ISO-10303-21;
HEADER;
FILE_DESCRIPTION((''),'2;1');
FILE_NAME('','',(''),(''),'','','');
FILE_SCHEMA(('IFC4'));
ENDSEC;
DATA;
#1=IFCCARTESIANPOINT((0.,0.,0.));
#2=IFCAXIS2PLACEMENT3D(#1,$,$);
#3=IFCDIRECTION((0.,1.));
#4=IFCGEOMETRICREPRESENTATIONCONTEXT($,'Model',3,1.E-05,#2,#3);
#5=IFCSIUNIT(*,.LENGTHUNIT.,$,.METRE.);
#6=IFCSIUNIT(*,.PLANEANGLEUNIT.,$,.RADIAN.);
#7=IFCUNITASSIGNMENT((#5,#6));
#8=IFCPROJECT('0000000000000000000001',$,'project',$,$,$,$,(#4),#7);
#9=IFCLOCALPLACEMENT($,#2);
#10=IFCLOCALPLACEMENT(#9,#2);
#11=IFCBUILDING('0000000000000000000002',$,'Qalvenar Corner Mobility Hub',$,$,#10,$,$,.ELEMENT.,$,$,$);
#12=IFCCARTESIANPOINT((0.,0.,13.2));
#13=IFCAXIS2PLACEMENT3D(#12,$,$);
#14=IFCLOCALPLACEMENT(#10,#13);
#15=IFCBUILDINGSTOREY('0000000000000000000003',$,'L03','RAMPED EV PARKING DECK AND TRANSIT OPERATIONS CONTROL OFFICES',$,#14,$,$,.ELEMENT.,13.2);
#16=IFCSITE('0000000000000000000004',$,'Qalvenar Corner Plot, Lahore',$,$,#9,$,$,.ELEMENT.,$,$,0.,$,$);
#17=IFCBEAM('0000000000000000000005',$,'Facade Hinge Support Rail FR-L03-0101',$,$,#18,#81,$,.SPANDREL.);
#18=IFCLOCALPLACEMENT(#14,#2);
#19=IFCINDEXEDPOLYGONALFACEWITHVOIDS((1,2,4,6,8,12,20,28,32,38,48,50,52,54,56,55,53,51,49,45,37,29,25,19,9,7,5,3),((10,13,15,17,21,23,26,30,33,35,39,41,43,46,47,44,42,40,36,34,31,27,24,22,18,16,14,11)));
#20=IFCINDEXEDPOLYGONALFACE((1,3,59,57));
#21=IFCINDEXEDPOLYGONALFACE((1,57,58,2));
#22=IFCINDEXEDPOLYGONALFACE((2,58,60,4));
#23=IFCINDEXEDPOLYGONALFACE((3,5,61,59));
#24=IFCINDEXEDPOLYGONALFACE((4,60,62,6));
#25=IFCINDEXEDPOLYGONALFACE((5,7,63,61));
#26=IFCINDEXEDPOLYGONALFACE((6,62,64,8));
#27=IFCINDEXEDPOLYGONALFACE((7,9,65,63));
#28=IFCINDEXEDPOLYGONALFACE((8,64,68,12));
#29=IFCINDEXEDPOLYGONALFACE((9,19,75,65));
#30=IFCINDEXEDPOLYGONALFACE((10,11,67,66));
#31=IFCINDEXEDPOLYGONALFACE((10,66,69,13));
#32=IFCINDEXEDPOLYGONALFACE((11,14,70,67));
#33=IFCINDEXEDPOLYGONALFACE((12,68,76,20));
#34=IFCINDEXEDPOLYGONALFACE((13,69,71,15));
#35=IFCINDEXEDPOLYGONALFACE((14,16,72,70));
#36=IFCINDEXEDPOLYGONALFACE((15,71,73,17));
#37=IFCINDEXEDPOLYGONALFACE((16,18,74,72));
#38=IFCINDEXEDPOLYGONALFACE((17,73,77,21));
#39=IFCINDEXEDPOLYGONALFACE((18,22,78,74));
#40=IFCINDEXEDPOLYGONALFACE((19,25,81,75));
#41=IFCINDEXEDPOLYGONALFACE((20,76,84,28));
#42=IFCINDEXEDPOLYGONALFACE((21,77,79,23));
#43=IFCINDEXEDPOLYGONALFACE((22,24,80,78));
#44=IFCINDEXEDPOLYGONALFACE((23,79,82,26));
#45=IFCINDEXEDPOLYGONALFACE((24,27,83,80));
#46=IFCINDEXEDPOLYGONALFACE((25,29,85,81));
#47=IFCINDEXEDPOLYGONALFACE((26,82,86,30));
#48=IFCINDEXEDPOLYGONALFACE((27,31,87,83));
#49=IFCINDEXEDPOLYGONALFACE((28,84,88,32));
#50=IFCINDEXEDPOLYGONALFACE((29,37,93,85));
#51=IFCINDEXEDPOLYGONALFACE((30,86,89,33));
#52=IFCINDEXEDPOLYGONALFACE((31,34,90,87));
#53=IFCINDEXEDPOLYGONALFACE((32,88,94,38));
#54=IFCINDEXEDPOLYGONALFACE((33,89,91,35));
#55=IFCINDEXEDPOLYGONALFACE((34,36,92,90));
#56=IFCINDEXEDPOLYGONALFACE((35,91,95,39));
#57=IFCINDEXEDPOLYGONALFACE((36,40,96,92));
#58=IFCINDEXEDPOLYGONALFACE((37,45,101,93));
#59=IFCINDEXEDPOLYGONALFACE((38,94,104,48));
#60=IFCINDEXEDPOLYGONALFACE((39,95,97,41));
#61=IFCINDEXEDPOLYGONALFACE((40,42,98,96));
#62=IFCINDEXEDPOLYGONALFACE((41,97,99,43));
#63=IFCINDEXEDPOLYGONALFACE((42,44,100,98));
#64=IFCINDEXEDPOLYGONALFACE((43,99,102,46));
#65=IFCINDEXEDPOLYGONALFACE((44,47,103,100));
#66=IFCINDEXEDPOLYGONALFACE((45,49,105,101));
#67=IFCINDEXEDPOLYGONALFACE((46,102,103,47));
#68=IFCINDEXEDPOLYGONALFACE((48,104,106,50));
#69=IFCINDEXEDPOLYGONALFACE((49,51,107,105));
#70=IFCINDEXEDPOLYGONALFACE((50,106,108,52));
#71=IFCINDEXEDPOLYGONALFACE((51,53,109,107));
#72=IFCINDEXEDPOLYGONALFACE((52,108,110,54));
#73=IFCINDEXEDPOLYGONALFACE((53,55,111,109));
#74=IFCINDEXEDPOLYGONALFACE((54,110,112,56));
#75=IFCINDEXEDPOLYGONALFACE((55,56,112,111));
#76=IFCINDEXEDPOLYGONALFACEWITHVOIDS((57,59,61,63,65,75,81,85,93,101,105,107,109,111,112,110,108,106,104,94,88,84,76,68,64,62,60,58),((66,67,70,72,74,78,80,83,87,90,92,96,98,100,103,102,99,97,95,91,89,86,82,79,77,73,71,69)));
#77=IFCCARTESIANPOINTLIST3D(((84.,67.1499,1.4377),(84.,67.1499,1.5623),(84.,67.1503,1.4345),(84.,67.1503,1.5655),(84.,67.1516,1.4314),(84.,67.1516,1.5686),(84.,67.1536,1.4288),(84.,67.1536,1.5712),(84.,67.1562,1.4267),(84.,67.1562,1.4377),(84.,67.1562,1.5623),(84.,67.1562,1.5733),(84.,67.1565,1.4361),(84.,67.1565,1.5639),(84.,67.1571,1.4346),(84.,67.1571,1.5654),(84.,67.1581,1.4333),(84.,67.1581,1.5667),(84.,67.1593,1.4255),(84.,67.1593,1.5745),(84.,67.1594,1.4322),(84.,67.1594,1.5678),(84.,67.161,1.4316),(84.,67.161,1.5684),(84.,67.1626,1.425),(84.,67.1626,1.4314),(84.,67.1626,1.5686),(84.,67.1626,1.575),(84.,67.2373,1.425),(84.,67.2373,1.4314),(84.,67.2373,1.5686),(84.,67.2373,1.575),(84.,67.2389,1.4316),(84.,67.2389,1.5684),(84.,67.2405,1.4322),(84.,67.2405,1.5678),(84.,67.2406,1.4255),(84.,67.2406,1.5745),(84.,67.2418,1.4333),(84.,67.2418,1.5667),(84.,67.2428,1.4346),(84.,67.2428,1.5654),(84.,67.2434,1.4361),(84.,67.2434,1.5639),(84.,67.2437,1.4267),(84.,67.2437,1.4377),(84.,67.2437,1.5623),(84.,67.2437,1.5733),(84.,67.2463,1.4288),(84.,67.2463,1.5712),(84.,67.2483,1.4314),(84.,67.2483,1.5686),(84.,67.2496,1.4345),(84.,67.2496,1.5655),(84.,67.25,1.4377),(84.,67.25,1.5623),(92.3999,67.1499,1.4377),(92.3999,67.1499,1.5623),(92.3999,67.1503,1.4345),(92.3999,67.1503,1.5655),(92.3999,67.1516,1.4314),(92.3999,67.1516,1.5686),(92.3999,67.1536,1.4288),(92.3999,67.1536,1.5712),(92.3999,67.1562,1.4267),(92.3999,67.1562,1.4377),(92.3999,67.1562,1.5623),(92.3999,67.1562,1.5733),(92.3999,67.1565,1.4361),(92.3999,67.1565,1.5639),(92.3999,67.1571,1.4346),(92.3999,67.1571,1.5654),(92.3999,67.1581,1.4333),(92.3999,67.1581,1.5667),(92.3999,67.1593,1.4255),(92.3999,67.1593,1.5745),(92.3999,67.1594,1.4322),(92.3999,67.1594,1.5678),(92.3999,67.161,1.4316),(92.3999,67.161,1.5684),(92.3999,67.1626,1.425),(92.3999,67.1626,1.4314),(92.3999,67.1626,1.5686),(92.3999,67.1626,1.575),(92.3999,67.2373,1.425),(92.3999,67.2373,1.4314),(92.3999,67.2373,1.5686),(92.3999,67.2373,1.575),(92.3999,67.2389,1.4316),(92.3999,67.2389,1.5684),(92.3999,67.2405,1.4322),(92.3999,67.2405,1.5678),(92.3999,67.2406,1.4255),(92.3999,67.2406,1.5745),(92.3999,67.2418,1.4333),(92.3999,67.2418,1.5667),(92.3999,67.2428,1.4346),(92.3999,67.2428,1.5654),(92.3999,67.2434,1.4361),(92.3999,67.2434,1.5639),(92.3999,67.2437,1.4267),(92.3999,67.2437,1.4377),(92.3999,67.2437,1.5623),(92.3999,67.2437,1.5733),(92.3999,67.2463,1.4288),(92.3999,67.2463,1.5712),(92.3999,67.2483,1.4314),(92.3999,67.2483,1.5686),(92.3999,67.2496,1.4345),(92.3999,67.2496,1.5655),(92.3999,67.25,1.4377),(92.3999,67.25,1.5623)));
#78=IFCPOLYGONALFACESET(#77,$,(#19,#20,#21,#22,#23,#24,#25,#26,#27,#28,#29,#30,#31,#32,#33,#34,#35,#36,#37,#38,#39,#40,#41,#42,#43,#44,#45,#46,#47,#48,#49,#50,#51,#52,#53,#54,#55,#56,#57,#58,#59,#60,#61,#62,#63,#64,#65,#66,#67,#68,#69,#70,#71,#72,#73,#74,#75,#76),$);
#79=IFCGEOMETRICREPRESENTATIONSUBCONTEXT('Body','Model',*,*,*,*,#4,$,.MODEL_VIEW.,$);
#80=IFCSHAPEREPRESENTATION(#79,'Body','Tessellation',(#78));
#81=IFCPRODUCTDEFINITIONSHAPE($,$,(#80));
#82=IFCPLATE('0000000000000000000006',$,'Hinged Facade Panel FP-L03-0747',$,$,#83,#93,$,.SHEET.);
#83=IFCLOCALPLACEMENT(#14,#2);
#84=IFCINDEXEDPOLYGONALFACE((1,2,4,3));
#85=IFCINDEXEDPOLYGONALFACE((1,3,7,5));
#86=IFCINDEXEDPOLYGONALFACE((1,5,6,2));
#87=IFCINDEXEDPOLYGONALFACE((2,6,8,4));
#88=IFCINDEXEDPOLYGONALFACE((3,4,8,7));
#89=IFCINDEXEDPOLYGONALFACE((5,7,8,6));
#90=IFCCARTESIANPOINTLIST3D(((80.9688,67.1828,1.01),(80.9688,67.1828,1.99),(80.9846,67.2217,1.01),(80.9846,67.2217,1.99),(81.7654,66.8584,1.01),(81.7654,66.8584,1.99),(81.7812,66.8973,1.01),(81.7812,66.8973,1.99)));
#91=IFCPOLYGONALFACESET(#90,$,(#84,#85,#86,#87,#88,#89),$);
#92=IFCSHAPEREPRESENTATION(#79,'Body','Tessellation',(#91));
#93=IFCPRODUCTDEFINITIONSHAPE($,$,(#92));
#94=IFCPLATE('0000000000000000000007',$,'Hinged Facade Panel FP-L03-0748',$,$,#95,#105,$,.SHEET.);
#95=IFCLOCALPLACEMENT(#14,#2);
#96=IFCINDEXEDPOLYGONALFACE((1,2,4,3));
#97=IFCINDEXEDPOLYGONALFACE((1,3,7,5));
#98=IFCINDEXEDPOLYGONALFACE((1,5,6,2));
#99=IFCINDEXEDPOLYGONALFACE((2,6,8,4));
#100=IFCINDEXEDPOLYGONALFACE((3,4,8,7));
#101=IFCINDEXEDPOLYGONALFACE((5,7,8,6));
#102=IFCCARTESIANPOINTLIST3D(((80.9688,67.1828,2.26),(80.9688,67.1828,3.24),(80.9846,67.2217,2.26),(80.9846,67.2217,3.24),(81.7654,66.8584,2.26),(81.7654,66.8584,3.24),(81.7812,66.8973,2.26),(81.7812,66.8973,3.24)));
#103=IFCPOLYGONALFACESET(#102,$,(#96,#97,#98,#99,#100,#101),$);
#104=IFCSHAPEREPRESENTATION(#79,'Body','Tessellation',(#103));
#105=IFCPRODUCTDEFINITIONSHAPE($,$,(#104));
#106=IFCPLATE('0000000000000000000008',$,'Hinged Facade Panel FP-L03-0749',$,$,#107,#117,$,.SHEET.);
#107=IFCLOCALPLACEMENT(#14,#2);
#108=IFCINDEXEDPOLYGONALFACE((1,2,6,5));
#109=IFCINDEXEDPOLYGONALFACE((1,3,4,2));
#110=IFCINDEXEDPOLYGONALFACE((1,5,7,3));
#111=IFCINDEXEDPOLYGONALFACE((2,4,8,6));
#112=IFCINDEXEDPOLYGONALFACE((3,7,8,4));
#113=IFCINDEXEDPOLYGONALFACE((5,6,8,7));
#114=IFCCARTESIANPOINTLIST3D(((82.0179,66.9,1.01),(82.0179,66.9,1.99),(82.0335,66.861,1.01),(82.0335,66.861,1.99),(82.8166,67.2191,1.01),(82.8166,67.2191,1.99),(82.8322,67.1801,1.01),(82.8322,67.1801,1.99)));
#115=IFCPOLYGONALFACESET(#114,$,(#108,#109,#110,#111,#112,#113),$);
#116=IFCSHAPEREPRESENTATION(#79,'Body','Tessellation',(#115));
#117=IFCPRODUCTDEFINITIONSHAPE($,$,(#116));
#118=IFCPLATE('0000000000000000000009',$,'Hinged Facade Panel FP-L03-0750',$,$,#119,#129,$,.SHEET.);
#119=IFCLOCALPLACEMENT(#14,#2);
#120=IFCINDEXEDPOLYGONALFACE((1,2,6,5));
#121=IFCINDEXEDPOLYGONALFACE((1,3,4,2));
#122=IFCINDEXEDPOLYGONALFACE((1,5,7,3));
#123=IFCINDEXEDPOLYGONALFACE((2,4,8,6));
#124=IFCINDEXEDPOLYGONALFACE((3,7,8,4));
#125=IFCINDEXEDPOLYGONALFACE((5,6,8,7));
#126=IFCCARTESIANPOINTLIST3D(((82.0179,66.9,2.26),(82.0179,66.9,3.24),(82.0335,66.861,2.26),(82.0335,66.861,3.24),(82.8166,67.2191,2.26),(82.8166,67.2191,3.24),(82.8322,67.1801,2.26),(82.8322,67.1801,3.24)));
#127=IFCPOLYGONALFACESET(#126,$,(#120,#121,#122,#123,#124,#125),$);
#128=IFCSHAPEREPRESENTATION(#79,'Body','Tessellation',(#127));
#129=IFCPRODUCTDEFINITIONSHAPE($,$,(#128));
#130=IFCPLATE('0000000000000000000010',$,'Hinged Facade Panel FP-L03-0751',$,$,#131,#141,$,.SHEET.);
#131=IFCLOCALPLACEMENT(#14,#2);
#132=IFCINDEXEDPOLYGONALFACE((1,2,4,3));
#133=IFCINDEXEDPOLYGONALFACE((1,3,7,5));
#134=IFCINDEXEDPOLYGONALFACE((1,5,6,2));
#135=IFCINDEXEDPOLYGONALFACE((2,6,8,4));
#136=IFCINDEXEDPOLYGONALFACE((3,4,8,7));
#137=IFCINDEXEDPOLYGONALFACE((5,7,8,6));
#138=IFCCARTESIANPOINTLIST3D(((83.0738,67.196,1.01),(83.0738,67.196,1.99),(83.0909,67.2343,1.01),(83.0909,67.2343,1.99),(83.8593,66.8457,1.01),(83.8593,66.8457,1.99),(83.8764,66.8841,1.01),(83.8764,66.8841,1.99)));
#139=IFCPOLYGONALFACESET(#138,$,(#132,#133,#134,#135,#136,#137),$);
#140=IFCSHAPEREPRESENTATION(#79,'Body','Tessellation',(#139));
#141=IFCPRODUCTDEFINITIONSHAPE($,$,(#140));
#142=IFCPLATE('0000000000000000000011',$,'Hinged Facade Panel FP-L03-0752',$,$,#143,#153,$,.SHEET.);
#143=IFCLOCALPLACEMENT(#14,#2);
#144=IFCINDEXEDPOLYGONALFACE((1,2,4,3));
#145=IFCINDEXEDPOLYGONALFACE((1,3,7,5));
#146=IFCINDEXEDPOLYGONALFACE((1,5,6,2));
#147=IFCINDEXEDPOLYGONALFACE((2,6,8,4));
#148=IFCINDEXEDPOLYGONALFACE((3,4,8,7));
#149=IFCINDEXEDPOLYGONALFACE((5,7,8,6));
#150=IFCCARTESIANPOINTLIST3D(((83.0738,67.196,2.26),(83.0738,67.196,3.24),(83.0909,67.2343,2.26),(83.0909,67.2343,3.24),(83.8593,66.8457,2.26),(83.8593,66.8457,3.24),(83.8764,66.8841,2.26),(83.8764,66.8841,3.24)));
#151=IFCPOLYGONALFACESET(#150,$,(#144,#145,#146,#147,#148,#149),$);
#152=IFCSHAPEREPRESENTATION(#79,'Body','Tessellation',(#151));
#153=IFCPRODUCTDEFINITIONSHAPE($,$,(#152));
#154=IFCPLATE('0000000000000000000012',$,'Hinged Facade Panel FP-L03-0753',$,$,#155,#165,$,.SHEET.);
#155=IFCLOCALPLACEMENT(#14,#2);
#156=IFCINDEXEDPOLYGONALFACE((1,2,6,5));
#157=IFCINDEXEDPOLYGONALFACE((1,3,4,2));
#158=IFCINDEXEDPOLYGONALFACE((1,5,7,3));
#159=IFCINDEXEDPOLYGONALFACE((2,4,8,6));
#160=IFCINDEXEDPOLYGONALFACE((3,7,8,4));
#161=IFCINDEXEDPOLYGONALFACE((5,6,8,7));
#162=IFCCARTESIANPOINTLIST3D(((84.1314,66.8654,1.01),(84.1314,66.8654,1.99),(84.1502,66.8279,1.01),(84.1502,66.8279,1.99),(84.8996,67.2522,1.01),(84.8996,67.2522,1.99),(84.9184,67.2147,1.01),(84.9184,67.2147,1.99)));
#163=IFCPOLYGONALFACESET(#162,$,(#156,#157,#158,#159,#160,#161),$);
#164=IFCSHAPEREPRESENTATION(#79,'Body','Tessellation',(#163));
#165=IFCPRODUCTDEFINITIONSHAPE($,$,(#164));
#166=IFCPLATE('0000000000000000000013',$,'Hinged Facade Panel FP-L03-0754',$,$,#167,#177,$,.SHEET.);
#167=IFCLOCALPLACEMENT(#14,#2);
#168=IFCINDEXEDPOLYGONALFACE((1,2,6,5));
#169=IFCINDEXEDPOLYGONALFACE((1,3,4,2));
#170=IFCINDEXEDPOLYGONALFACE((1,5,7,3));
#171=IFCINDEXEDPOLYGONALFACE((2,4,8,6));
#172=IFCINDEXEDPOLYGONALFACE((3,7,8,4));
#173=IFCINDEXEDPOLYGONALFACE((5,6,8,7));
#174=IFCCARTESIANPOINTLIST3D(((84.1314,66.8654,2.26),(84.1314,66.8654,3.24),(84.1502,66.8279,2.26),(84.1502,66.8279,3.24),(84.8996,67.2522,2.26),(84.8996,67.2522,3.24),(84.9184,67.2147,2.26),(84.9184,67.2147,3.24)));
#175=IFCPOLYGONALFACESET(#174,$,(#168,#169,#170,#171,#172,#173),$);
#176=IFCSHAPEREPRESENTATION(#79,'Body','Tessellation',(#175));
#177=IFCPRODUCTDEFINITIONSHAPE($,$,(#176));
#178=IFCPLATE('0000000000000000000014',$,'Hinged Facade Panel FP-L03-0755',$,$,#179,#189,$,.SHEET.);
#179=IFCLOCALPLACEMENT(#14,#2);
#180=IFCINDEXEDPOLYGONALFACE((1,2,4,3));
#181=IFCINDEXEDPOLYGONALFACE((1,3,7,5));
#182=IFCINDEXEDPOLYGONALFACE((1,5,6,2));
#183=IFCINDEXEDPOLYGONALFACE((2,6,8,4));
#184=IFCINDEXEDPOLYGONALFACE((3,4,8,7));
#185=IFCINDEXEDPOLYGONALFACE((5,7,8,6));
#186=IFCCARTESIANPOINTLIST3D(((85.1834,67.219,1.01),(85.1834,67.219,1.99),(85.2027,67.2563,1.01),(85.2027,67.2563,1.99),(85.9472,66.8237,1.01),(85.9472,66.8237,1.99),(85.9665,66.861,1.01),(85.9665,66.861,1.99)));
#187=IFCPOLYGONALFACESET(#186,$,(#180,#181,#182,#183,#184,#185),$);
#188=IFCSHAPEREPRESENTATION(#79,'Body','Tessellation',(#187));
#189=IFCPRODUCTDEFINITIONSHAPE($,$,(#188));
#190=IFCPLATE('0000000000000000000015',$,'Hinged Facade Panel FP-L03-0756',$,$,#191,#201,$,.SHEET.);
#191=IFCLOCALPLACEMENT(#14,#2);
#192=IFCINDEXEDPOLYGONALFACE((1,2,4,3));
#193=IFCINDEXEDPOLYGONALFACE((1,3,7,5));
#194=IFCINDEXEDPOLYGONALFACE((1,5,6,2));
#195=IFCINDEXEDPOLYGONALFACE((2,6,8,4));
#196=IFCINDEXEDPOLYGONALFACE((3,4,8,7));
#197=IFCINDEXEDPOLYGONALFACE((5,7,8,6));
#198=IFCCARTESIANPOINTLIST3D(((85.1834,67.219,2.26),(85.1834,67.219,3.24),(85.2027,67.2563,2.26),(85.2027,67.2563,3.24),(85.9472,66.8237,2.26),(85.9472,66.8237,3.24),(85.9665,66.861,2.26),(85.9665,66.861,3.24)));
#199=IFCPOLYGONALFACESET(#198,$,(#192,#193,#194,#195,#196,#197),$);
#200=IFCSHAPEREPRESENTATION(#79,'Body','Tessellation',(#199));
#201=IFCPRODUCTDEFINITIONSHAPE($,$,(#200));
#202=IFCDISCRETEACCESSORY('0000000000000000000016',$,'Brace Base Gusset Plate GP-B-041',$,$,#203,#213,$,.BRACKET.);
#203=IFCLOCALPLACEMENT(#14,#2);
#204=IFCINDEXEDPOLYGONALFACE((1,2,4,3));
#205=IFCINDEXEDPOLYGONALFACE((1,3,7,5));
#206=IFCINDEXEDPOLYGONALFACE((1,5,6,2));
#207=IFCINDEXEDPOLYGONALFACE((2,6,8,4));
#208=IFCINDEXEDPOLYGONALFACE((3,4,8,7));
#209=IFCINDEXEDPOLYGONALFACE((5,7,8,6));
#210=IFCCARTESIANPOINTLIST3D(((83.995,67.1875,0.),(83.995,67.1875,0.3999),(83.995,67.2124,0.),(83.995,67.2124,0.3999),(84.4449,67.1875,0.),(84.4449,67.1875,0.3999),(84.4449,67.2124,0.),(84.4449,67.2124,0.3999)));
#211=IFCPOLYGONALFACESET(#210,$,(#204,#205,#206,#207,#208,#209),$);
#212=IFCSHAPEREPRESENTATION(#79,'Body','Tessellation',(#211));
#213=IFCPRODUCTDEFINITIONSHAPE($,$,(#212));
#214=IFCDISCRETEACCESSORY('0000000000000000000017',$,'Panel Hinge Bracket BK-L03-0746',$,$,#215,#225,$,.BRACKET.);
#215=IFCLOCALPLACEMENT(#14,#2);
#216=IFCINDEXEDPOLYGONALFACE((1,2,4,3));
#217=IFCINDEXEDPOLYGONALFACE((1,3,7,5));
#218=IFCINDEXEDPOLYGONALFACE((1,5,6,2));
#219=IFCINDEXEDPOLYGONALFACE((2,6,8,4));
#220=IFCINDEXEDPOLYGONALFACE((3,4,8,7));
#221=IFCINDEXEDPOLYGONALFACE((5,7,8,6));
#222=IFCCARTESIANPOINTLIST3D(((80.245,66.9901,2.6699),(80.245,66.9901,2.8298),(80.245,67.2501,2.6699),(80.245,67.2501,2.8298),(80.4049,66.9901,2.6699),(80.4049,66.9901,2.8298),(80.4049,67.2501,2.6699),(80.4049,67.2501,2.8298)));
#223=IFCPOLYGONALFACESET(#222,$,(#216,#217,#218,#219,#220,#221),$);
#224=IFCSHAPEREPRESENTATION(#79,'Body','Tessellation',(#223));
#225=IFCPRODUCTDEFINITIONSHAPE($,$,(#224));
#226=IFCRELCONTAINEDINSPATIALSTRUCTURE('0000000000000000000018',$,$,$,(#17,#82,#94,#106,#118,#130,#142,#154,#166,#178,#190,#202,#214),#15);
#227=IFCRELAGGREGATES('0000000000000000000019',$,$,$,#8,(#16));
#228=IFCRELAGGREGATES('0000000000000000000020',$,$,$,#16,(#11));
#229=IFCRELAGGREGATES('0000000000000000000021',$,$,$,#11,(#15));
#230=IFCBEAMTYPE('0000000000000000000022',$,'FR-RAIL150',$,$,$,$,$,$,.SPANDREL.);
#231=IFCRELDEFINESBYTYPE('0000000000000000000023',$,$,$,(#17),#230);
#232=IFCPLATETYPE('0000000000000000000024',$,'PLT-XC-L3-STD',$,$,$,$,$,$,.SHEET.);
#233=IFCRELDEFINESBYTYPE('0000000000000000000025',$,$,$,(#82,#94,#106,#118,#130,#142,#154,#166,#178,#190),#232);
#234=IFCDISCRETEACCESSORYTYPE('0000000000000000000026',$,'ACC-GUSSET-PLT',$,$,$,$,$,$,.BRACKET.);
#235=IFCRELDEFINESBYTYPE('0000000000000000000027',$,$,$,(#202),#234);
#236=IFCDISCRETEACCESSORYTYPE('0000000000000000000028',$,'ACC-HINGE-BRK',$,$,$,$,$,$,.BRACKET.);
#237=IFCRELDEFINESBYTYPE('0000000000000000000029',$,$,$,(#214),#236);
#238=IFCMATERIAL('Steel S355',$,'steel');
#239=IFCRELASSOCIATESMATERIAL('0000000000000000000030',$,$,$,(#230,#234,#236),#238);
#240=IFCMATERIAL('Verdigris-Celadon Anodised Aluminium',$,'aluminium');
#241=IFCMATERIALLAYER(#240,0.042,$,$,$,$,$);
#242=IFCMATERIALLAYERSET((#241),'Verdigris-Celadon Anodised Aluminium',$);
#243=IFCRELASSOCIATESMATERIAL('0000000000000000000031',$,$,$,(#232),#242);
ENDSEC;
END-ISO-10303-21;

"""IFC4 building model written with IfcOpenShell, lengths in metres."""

from ifc_helpers import new_model, si_unit, direction, frame, origin, origin_2d, place, context, subcontext, project, spatial, rectangle, hollow_rectangle, extrude, material, layer, layer_set, material_profile, profile_set, type_object, element, save


model = new_model("IFC4")

# Units and contexts
model_context = context("Model", 3, precision=1e-05, world=origin(), true_north=direction((0.0, 1.0)))
body_context = subcontext(model_context, "Body", "Model", "MODEL_VIEW")
ifc_project = project(units=[si_unit("LENGTHUNIT", "METRE"), si_unit("PLANEANGLEUNIT", "RADIAN")], contexts=[model_context])

# Site, building, storey
site_placement = place(None, origin())
site = spatial("IfcSite", under=ifc_project, at=site_placement, Name="Qalvenar Corner Plot, Lahore", CompositionType="ELEMENT", RefElevation=0.0)
building_placement = place(site_placement, origin())
building = spatial("IfcBuilding", under=site, at=building_placement, Name="Qalvenar Corner Mobility Hub", CompositionType="ELEMENT")
storey_placement = place(building_placement, frame((0.0, 0.0, 13.2)))
storey = spatial("IfcBuildingStorey", under=building, at=storey_placement, Name="L03", Description="RAMPED EV PARKING DECK AND TRANSIT OPERATIONS CONTROL OFFICES", CompositionType="ELEMENT", Elevation=13.2)

# Shared definitions
ifc_material_1 = material(Name="Steel S355", Category="steel")

# Beam
ifc_material_profile_1 = material_profile(ifc_material_1, hollow_rectangle(XDim=0.1001, YDim=0.1499, WallThickness=0.0063, InnerFilletRadius=0.0063, OuterFilletRadius=0.0127, at=origin_2d()), Name="RHS150x100x6.3")
ifc_profile_set_1 = profile_set([ifc_material_profile_1], Name="Steel S355")
beam_type_1 = type_object("IfcBeamType", Name="FR-RAIL150", PredefinedType="SPANDREL", material=ifc_profile_set_1)
beam_1_placement = place(storey_placement, frame((84.0, 67.2, 1.5), z_axis=(1.0, 0.0, 0.0), x_axis=(0.0, 1.0, 0.0)))
element("IfcBeam", 1, at=beam_1_placement, inside=storey, type_object=beam_type_1, Name="Facade Hinge Support Rail FR-L03-0101", PredefinedType="SPANDREL", context=body_context, shape_type="SweptSolid", body=[
    extrude(hollow_rectangle(XDim=0.1001, YDim=0.1499, WallThickness=0.0063, InnerFilletRadius=0.0063, OuterFilletRadius=0.0127, at=origin_2d()), origin(), (0.0, 0.0, 1.0), 8.3999),
])

# Plates
ifc_material_2 = material(Name="Verdigris-Celadon Anodised Aluminium", Category="aluminium")
ifc_layer = layer(ifc_material_2, 0.042)
ifc_layer_set = layer_set([ifc_layer], Name="Verdigris-Celadon Anodised Aluminium")
plate_type = type_object("IfcPlateType", Name="PLT-XC-L3-STD", PredefinedType="SHEET", material=ifc_layer_set)
for number, where, z_axis, x_axis, name in (
    (2, (81.375, 67.04, 1.01), (0.0, 0.0, 1.0), (0.926134, -0.377194, 0.0), "Hinged Facade Panel FP-L03-0747"),
    (3, (81.375, 67.04, 2.26), (0.0, 0.0, 1.0), (0.926134, -0.377194, 0.0), "Hinged Facade Panel FP-L03-0748"),
    (4, (82.425, 67.04, 1.01), (0.0, 0.0, 1.0), (0.928615, 0.371044, 0.0), "Hinged Facade Panel FP-L03-0749"),
    (5, (82.425, 67.04, 2.26), (0.0, 0.0, 1.0), (0.928615, 0.371044, 0.0), "Hinged Facade Panel FP-L03-0750"),
    (6, (83.4751, 67.04, 1.01), (0.0, 0.0, 1.0), (0.913332, -0.407215, 0.0), "Hinged Facade Panel FP-L03-0751"),
    (7, (83.4751, 67.04, 2.26), (0.0, 0.0, 1.0), (0.913332, -0.407215, 0.0), "Hinged Facade Panel FP-L03-0752"),
    (8, (84.5249, 67.04, 1.01), (0.0, 0.0, 1.0), (0.893136, 0.449787, 0.0), "Hinged Facade Panel FP-L03-0753"),
    (9, (84.5249, 67.04, 2.26), (0.0, 0.0, 1.0), (0.893136, 0.449787, 0.0), "Hinged Facade Panel FP-L03-0754"),
    (10, (85.575, 67.04, 1.01), (0.0, 0.0, 1.0), (0.888136, -0.45958, 0.0), "Hinged Facade Panel FP-L03-0755"),
    (11, (85.575, 67.04, 2.26), (0.0, 0.0, 1.0), (0.888136, -0.45958, 0.0), "Hinged Facade Panel FP-L03-0756"),
):
    element("IfcPlate", number, at=place(storey_placement, frame(where, z_axis=z_axis, x_axis=x_axis)), inside=storey, type_object=plate_type, Name=name, PredefinedType="SHEET", context=body_context, shape_type="SweptSolid", body=[
        extrude(rectangle(XDim=0.8601, YDim=0.042, at=origin_2d()), origin(), (0.0, 0.0, 1.0), 0.98),
    ])

# Discrete accessories
discrete_accessory_type_1 = type_object("IfcDiscreteAccessoryType", Name="ACC-GUSSET-PLT", PredefinedType="BRACKET", material=ifc_material_1)
discrete_accessory_placement = place(storey_placement, frame((84.22, 67.2, 0.0), z_axis=(0.0, 0.0, 1.0), x_axis=(1.0, 0.0, 0.0)))
element("IfcDiscreteAccessory", 12, at=discrete_accessory_placement, inside=storey, type_object=discrete_accessory_type_1, Name="Brace Base Gusset Plate GP-B-041", PredefinedType="BRACKET", context=body_context, shape_type="SweptSolid", body=[
    extrude(rectangle(XDim=0.45, YDim=0.0249, at=origin_2d()), origin(), (0.0, 0.0, 1.0), 0.3999),
])
discrete_accessory_type_2 = type_object("IfcDiscreteAccessoryType", Name="ACC-HINGE-BRK", PredefinedType="BRACKET", material=ifc_material_1)
for number, where, z_axis, x_axis, name in (
    (13, (80.325, 67.1201, 2.6699), (0.0, 0.0, 1.0), (1.0, 0.0, 0.0), "Panel Hinge Bracket BK-L03-0746"),
):
    element("IfcDiscreteAccessory", number, at=place(storey_placement, frame(where, z_axis=z_axis, x_axis=x_axis)), inside=storey, type_object=discrete_accessory_type_2, Name=name, PredefinedType="BRACKET", context=body_context, shape_type="SweptSolid", body=[
        extrude(rectangle(XDim=0.1599, YDim=0.26, at=origin_2d()), origin(), (0.0, 0.0, 1.0), 0.1599),
    ])

save(model, "model.ifc")
